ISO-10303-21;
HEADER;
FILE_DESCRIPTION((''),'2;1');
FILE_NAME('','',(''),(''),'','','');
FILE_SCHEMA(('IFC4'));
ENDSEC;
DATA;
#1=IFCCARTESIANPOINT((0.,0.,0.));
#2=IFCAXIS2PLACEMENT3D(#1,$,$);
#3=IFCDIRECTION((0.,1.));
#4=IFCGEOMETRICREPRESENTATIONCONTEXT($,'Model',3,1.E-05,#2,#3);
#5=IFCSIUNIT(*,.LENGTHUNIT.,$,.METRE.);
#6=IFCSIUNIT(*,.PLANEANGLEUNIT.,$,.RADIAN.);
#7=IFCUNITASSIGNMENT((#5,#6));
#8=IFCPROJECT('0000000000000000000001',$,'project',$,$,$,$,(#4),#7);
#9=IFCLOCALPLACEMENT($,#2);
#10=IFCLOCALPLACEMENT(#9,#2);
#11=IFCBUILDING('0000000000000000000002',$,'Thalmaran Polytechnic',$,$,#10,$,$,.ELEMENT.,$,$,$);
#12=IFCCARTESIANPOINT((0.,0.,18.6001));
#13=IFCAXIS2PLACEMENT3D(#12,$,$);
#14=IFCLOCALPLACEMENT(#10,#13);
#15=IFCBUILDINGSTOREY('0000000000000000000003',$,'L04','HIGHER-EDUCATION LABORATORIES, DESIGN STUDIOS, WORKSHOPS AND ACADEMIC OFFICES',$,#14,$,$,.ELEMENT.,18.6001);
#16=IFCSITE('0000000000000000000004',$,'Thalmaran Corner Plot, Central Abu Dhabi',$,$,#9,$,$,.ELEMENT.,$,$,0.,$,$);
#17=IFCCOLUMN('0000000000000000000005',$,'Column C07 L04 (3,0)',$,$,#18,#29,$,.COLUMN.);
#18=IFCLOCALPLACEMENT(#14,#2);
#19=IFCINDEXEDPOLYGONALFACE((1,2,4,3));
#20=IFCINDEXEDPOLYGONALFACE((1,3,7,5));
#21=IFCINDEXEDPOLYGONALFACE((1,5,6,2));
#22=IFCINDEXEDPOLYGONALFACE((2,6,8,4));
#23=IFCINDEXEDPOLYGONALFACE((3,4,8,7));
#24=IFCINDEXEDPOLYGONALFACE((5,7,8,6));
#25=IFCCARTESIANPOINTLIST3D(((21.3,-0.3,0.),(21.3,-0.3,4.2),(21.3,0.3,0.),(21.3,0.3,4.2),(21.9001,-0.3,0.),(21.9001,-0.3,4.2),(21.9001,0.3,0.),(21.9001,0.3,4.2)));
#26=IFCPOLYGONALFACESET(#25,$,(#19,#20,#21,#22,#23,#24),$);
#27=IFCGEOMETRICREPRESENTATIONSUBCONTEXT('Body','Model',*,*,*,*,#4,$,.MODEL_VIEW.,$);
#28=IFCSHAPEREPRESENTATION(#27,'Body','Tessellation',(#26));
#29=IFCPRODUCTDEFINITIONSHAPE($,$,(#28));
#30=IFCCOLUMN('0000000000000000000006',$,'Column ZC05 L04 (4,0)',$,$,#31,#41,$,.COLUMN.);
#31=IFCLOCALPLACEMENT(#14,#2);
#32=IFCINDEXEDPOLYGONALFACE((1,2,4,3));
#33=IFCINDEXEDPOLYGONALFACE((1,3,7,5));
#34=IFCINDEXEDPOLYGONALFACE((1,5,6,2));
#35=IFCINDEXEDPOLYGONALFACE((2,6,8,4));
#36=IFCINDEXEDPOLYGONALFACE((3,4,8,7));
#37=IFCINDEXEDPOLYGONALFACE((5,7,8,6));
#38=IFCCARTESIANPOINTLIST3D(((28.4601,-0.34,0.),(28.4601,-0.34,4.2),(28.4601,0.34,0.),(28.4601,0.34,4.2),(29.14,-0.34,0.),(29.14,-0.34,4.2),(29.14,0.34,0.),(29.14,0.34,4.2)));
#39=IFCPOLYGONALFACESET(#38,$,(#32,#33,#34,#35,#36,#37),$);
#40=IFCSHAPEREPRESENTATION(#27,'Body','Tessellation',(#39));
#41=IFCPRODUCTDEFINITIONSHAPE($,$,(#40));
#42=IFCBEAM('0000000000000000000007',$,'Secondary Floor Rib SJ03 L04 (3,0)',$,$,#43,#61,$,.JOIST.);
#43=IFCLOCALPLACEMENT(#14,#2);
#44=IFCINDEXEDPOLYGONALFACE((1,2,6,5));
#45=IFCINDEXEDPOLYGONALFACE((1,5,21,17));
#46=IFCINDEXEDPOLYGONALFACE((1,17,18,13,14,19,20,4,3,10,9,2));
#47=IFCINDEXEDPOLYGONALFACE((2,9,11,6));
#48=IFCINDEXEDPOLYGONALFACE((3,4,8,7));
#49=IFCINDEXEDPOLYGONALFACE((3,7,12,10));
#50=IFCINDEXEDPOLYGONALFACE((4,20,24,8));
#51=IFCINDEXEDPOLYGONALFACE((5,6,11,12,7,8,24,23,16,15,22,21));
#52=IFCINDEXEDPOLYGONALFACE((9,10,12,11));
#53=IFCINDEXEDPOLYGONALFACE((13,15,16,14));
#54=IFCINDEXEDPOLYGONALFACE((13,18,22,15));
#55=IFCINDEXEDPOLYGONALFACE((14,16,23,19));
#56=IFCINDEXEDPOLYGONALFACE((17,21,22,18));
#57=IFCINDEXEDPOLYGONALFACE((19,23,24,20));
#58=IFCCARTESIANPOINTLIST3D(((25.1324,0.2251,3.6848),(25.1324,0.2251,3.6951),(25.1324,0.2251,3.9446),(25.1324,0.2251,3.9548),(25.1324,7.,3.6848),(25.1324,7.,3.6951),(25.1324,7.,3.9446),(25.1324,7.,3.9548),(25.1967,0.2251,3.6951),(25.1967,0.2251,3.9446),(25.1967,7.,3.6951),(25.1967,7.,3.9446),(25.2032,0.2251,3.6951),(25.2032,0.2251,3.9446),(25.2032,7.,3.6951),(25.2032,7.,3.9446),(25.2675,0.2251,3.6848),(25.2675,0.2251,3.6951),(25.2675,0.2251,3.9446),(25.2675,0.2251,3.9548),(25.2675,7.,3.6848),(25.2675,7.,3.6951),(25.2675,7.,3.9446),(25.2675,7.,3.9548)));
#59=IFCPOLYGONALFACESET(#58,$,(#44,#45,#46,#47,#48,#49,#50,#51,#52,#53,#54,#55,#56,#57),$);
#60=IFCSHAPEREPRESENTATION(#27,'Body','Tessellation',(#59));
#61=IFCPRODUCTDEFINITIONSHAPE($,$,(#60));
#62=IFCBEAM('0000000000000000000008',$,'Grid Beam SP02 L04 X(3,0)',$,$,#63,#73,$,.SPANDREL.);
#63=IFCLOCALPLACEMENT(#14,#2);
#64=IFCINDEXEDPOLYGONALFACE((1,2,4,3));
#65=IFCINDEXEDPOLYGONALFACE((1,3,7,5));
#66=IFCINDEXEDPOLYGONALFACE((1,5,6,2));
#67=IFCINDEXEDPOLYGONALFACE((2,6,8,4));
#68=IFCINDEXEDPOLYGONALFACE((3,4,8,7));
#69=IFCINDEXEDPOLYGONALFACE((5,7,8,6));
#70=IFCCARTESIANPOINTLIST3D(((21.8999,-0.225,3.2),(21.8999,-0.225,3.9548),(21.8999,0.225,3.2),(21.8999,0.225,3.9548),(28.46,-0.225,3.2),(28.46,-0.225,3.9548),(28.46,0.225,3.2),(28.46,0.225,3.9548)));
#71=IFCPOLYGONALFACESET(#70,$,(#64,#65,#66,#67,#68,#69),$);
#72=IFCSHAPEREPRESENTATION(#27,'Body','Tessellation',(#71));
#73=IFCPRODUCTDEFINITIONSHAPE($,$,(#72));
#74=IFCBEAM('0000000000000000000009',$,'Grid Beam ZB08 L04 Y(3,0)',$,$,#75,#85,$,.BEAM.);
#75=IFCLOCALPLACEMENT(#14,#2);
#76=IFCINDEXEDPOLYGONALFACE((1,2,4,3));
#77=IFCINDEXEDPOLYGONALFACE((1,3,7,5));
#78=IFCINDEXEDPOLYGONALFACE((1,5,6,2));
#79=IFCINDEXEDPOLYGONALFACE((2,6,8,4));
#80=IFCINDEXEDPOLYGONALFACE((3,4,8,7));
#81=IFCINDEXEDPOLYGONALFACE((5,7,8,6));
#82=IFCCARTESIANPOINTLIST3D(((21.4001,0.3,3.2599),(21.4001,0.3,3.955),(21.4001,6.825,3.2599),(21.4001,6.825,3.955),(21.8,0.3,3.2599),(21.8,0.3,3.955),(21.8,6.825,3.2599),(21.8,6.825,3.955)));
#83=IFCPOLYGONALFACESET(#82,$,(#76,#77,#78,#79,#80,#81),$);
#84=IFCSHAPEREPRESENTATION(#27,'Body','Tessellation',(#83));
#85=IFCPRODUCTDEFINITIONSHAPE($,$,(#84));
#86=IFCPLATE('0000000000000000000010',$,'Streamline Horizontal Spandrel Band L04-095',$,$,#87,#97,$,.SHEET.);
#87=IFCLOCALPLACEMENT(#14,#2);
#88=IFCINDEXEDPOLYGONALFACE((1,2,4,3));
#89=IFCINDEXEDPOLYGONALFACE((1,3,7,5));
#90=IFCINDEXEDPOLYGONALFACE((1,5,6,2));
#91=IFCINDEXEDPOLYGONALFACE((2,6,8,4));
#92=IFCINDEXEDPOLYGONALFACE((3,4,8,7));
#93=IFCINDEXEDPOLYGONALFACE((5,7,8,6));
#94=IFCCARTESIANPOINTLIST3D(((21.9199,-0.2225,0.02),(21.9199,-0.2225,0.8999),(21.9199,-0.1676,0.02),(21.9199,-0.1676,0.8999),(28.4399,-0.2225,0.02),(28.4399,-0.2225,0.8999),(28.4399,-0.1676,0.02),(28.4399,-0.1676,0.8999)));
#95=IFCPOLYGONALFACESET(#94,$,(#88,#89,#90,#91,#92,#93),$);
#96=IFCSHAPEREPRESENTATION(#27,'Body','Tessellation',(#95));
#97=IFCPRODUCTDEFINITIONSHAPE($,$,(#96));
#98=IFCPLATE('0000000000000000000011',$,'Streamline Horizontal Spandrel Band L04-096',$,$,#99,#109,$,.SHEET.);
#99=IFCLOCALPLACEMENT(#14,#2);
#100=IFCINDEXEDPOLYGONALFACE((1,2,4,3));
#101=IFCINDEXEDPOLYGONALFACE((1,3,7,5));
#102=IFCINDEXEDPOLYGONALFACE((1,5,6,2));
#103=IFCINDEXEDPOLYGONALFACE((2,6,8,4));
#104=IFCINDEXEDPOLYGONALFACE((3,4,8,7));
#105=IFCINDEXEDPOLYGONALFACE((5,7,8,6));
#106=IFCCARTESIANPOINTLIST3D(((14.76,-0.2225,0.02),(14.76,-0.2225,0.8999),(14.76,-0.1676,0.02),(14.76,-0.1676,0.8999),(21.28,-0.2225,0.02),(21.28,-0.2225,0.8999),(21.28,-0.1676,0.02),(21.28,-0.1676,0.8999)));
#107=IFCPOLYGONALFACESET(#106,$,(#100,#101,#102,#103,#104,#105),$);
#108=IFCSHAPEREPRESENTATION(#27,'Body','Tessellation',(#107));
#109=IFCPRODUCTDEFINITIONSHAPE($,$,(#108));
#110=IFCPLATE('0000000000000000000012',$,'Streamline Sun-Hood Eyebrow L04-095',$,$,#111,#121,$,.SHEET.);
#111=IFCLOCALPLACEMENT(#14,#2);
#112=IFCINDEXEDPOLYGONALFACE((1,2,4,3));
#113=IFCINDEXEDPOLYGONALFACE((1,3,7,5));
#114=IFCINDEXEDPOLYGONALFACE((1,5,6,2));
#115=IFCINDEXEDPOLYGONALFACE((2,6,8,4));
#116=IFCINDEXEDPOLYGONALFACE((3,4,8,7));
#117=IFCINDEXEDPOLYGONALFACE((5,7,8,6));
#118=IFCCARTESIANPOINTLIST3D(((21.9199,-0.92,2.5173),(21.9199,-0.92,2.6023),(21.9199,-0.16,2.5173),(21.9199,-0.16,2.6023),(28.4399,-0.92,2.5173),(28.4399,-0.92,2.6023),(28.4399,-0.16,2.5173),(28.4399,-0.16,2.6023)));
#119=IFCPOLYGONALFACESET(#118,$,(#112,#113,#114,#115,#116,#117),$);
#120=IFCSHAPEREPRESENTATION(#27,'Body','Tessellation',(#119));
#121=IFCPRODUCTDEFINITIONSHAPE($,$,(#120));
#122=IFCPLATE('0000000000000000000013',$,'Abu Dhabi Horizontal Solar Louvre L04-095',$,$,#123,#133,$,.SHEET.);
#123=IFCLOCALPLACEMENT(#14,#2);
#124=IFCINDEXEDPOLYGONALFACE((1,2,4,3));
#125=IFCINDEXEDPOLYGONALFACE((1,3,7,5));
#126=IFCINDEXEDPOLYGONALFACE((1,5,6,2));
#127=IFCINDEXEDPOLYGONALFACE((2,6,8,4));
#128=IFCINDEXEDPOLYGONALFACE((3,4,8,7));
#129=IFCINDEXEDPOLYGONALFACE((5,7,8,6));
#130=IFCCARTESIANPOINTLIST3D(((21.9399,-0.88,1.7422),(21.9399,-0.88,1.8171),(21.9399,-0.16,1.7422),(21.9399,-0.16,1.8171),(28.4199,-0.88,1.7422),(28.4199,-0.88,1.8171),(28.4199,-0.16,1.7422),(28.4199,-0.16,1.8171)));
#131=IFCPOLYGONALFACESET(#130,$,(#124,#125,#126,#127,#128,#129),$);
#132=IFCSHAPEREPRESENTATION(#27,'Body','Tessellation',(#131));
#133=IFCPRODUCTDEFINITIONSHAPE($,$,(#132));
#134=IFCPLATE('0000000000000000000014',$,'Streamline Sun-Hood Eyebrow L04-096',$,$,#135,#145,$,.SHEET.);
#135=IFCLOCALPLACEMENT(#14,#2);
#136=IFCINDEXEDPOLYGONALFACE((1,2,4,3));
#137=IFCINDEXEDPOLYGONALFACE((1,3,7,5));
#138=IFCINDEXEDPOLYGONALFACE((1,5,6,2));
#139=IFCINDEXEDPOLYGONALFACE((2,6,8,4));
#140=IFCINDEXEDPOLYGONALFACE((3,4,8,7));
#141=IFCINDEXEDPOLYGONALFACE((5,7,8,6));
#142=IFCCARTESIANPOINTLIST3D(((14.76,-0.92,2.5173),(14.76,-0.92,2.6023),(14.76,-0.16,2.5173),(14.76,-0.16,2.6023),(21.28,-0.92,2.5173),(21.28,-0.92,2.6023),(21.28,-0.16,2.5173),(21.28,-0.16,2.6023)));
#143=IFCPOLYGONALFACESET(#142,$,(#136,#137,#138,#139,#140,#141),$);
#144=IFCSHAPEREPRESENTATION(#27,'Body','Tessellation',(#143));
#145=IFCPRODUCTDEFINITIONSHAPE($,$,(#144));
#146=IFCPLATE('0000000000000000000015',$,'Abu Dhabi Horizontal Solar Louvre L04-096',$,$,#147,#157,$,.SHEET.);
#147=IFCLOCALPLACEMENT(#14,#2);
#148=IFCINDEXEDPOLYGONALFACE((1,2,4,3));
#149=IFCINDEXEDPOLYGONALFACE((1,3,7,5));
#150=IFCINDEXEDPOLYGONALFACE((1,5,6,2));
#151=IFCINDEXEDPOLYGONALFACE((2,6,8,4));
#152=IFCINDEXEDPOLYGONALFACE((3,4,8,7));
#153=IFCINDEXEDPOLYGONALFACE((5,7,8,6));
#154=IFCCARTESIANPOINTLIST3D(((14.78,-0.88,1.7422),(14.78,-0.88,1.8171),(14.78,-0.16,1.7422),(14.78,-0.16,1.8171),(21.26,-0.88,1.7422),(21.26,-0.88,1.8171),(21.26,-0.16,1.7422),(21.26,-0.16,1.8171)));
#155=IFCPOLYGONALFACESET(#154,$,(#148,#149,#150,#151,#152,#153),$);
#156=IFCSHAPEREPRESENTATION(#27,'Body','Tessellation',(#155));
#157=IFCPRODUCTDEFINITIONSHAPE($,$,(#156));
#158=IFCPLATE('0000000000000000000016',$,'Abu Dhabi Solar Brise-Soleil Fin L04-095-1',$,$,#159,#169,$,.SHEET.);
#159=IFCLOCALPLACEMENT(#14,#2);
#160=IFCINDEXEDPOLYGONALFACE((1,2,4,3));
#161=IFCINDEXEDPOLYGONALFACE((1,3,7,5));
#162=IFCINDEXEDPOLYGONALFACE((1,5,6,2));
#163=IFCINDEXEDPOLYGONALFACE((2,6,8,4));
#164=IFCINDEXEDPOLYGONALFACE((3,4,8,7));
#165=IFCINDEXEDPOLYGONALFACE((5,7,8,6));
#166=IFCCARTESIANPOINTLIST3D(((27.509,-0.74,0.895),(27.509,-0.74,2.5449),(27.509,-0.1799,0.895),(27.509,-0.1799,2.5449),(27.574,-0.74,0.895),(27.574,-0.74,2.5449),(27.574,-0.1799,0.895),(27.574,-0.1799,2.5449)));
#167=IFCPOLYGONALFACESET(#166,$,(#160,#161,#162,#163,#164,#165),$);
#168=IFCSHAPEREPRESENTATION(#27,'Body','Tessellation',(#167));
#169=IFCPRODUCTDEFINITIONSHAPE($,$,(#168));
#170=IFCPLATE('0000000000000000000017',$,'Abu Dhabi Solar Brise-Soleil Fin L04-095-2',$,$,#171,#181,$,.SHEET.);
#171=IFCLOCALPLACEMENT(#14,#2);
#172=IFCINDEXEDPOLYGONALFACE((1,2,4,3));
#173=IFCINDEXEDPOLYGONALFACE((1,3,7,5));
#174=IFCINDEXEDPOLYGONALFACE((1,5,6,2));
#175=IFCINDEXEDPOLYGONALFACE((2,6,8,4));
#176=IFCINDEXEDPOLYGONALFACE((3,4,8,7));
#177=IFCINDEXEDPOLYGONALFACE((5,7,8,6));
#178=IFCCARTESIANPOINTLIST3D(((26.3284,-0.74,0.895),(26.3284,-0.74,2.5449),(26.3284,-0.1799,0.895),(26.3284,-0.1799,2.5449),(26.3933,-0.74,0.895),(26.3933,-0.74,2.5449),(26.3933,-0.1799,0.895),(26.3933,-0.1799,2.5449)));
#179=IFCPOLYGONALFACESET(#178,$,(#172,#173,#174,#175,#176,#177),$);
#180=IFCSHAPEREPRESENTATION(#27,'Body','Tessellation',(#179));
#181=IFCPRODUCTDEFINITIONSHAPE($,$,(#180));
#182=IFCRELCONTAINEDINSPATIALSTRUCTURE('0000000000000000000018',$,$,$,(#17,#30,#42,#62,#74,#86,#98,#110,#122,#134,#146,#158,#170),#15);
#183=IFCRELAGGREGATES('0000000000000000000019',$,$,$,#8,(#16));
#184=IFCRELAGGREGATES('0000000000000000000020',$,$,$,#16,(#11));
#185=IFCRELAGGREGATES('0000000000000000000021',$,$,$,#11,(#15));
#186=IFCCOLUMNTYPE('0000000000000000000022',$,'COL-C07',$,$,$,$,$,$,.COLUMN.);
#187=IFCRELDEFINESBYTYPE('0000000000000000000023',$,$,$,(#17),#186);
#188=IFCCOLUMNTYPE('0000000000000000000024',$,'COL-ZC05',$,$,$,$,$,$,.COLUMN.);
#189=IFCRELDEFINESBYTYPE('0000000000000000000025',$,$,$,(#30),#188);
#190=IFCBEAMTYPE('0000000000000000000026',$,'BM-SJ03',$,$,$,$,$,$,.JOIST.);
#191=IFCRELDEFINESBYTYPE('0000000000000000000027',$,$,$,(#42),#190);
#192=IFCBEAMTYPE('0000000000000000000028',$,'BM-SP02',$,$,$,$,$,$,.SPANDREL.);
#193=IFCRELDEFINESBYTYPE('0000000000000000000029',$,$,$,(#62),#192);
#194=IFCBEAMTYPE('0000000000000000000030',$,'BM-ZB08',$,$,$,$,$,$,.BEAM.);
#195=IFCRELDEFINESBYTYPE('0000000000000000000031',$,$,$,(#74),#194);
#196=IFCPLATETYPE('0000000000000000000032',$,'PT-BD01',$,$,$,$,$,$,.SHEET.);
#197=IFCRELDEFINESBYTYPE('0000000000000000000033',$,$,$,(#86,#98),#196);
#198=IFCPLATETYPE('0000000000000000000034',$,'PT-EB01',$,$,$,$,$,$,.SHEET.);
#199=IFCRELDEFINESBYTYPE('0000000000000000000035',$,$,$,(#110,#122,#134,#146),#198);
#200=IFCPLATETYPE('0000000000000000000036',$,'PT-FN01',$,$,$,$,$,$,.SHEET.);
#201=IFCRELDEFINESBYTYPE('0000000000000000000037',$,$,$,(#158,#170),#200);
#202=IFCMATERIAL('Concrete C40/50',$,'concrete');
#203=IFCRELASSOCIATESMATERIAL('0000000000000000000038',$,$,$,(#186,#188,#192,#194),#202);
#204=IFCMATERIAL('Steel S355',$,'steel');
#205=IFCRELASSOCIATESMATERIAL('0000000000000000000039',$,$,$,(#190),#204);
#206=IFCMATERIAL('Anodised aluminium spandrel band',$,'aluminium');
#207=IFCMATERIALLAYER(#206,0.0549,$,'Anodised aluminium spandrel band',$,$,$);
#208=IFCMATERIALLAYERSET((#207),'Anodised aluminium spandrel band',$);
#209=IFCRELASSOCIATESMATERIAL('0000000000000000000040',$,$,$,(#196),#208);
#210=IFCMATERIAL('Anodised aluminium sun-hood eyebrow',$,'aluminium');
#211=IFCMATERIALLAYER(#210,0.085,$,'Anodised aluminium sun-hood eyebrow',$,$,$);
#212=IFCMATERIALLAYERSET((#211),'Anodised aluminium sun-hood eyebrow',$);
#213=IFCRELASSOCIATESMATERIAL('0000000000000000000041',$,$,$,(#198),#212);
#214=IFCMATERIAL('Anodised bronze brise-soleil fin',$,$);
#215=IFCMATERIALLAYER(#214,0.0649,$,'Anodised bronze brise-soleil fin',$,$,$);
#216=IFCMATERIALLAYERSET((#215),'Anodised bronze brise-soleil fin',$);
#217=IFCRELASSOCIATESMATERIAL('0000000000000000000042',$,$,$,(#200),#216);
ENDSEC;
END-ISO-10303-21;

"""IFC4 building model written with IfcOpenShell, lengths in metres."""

from ifc_helpers import new_model, si_unit, direction, frame, origin, origin_2d, place, context, subcontext, project, spatial, rectangle, i_section, extrude, material, layer, layer_set, material_profile, profile_set, type_object, element, save


model = new_model("IFC4")

# Units and contexts
model_context = context("Model", 3, precision=1e-05, world=origin(), true_north=direction((0.0, 1.0)))
body_context = subcontext(model_context, "Body", "Model", "MODEL_VIEW")
ifc_project = project(units=[si_unit("LENGTHUNIT", "METRE"), si_unit("PLANEANGLEUNIT", "RADIAN")], contexts=[model_context])

# Site, building, storey
site_placement = place(None, origin())
site = spatial("IfcSite", under=ifc_project, at=site_placement, Name="Thalmaran Corner Plot, Central Abu Dhabi", CompositionType="ELEMENT", RefElevation=0.0)
building_placement = place(site_placement, origin())
building = spatial("IfcBuilding", under=site, at=building_placement, Name="Thalmaran Polytechnic", CompositionType="ELEMENT")
storey_placement = place(building_placement, frame((0.0, 0.0, 18.6001)))
storey = spatial("IfcBuildingStorey", under=building, at=storey_placement, Name="L04", Description="HIGHER-EDUCATION LABORATORIES, DESIGN STUDIOS, WORKSHOPS AND ACADEMIC OFFICES", CompositionType="ELEMENT", Elevation=18.6001)

# Columns
ifc_material_1 = material(Name="Concrete C40/50", Category="concrete")
ifc_material_profile_1 = material_profile(ifc_material_1, rectangle(XDim=0.6001, YDim=0.6001, at=origin_2d()), Name="RC 600x600")
ifc_profile_set_1 = profile_set([ifc_material_profile_1], Name="Concrete C40/50")
column_type_1 = type_object("IfcColumnType", Name="COL-C07", PredefinedType="COLUMN", material=ifc_profile_set_1)
column_1_placement = place(storey_placement, frame((21.6001, 0.0, 0.0), z_axis=(0.0, 0.0, 1.0), x_axis=(1.0, 0.0, 0.0)))
element("IfcColumn", 1, at=column_1_placement, inside=storey, type_object=column_type_1, Name="Column C07 L04 (3,0)", PredefinedType="COLUMN", context=body_context, shape_type="SweptSolid", body=[
    extrude(rectangle(XDim=0.6001, YDim=0.6001, at=origin_2d()), origin(), (0.0, 0.0, 1.0), 4.2),
])
ifc_material_profile_2 = material_profile(ifc_material_1, rectangle(XDim=0.6799, YDim=0.6799, at=origin_2d()), Name="RC 680x680")
ifc_profile_set_2 = profile_set([ifc_material_profile_2], Name="Concrete C40/50")
column_type_2 = type_object("IfcColumnType", Name="COL-ZC05", PredefinedType="COLUMN", material=ifc_profile_set_2)
column_2_placement = place(storey_placement, frame((28.8, 0.0, 0.0), z_axis=(0.0, 0.0, 1.0), x_axis=(1.0, 0.0, 0.0)))
element("IfcColumn", 2, at=column_2_placement, inside=storey, type_object=column_type_2, Name="Column ZC05 L04 (4,0)", PredefinedType="COLUMN", context=body_context, shape_type="SweptSolid", body=[
    extrude(rectangle(XDim=0.6799, YDim=0.6799, at=origin_2d()), origin(), (0.0, 0.0, 1.0), 4.2),
])

# Beams
ifc_material_2 = material(Name="Steel S355", Category="steel")
ifc_material_profile_3 = material_profile(ifc_material_2, i_section(OverallWidth=0.135, OverallDepth=0.27, WebThickness=0.0066, FlangeThickness=0.0103, at=origin_2d()), Name="IPE 270")
ifc_profile_set_3 = profile_set([ifc_material_profile_3], Name="Steel S355")
beam_type_1 = type_object("IfcBeamType", Name="BM-SJ03", PredefinedType="JOIST", material=ifc_profile_set_3)
beam_1_placement = place(storey_placement, frame((25.2, 0.2251, 3.8198), z_axis=(0.0, 1.0, 0.0), x_axis=(-1.0, 0.0, 0.0)))
element("IfcBeam", 3, at=beam_1_placement, inside=storey, type_object=beam_type_1, Name="Secondary Floor Rib SJ03 L04 (3,0)", PredefinedType="JOIST", context=body_context, shape_type="SweptSolid", body=[
    extrude(i_section(OverallWidth=0.135, OverallDepth=0.27, WebThickness=0.0066, FlangeThickness=0.0103, at=origin_2d()), origin(), (0.0, 0.0, 1.0), 6.7749),
])
ifc_material_profile_4 = material_profile(ifc_material_1, rectangle(XDim=0.45, YDim=0.7549, at=origin_2d()), Name="RC 450x755")
ifc_profile_set_4 = profile_set([ifc_material_profile_4], Name="Concrete C40/50")
beam_type_2 = type_object("IfcBeamType", Name="BM-SP02", PredefinedType="SPANDREL", material=ifc_profile_set_4)
beam_2_placement = place(storey_placement, frame((21.8999, 0.0, 3.5774), z_axis=(1.0, 0.0, 0.0), x_axis=(0.0, 1.0, 0.0)))
element("IfcBeam", 4, at=beam_2_placement, inside=storey, type_object=beam_type_2, Name="Grid Beam SP02 L04 X(3,0)", PredefinedType="SPANDREL", context=body_context, shape_type="SweptSolid", body=[
    extrude(rectangle(XDim=0.45, YDim=0.7549, at=origin_2d()), origin(), (0.0, 0.0, 1.0), 6.5601),
])
ifc_material_profile_5 = material_profile(ifc_material_1, rectangle(XDim=0.3999, YDim=0.6951, at=origin_2d()), Name="RC 400x695")
ifc_profile_set_5 = profile_set([ifc_material_profile_5], Name="Concrete C40/50")
beam_type_3 = type_object("IfcBeamType", Name="BM-ZB08", PredefinedType="BEAM", material=ifc_profile_set_5)
beam_3_placement = place(storey_placement, frame((21.6001, 0.3, 3.6074), z_axis=(0.0, 1.0, 0.0), x_axis=(-1.0, 0.0, 0.0)))
element("IfcBeam", 5, at=beam_3_placement, inside=storey, type_object=beam_type_3, Name="Grid Beam ZB08 L04 Y(3,0)", PredefinedType="BEAM", context=body_context, shape_type="SweptSolid", body=[
    extrude(rectangle(XDim=0.3999, YDim=0.6951, at=origin_2d()), origin(), (0.0, 0.0, 1.0), 6.5249),
])

# Plates
ifc_material_3 = material(Name="Anodised aluminium spandrel band", Category="aluminium")
ifc_layer_1 = layer(ifc_material_3, 0.0549, Name="Anodised aluminium spandrel band")
ifc_layer_set_1 = layer_set([ifc_layer_1], Name="Anodised aluminium spandrel band")
plate_type_1 = type_object("IfcPlateType", Name="PT-BD01", PredefinedType="SHEET", material=ifc_layer_set_1)
for number, where, z_axis, x_axis, name in (
    (6, (25.1799, -0.1951, 0.02), (0.0, 0.0, 1.0), (-1.0, 0.0, 0.0), "Streamline Horizontal Spandrel Band L04-095"),
    (7, (18.02, -0.1951, 0.02), (0.0, 0.0, 1.0), (-1.0, 0.0, 0.0), "Streamline Horizontal Spandrel Band L04-096"),
):
    element("IfcPlate", number, at=place(storey_placement, frame(where, z_axis=z_axis, x_axis=x_axis)), inside=storey, type_object=plate_type_1, Name=name, PredefinedType="SHEET", context=body_context, shape_type="SweptSolid", body=[
        extrude(rectangle(XDim=6.52, YDim=0.0549, at=origin_2d()), origin(), (0.0, 0.0, 1.0), 0.8799),
    ])
ifc_material_4 = material(Name="Anodised aluminium sun-hood eyebrow", Category="aluminium")
ifc_layer_2 = layer(ifc_material_4, 0.085, Name="Anodised aluminium sun-hood eyebrow")
ifc_layer_set_2 = layer_set([ifc_layer_2], Name="Anodised aluminium sun-hood eyebrow")
plate_type_2 = type_object("IfcPlateType", Name="PT-EB01", PredefinedType="SHEET", material=ifc_layer_set_2)
plate_1_placement = place(storey_placement, frame((25.1799, -0.54, 2.5173), z_axis=(0.0, 0.0, 1.0), x_axis=(-1.0, 0.0, 0.0)))
element("IfcPlate", 8, at=plate_1_placement, inside=storey, type_object=plate_type_2, Name="Streamline Sun-Hood Eyebrow L04-095", PredefinedType="SHEET", context=body_context, shape_type="SweptSolid", body=[
    extrude(rectangle(XDim=6.52, YDim=0.76, at=origin_2d()), origin(), (0.0, 0.0, 1.0), 0.085),
])
plate_2_placement = place(storey_placement, frame((25.1799, -0.52, 1.7422), z_axis=(0.0, 0.0, 1.0), x_axis=(-1.0, 0.0, 0.0)))
element("IfcPlate", 9, at=plate_2_placement, inside=storey, type_object=plate_type_2, Name="Abu Dhabi Horizontal Solar Louvre L04-095", PredefinedType="SHEET", context=body_context, shape_type="SweptSolid", body=[
    extrude(rectangle(XDim=6.48, YDim=0.72, at=origin_2d()), origin(), (0.0, 0.0, 1.0), 0.075),
])
plate_3_placement = place(storey_placement, frame((18.02, -0.54, 2.5173), z_axis=(0.0, 0.0, 1.0), x_axis=(-1.0, 0.0, 0.0)))
element("IfcPlate", 10, at=plate_3_placement, inside=storey, type_object=plate_type_2, Name="Streamline Sun-Hood Eyebrow L04-096", PredefinedType="SHEET", context=body_context, shape_type="SweptSolid", body=[
    extrude(rectangle(XDim=6.52, YDim=0.76, at=origin_2d()), origin(), (0.0, 0.0, 1.0), 0.085),
])
plate_4_placement = place(storey_placement, frame((18.02, -0.52, 1.7422), z_axis=(0.0, 0.0, 1.0), x_axis=(-1.0, 0.0, 0.0)))
element("IfcPlate", 11, at=plate_4_placement, inside=storey, type_object=plate_type_2, Name="Abu Dhabi Horizontal Solar Louvre L04-096", PredefinedType="SHEET", context=body_context, shape_type="SweptSolid", body=[
    extrude(rectangle(XDim=6.48, YDim=0.72, at=origin_2d()), origin(), (0.0, 0.0, 1.0), 0.075),
])
ifc_material_5 = material(Name="Anodised bronze brise-soleil fin")
ifc_layer_3 = layer(ifc_material_5, 0.0649, Name="Anodised bronze brise-soleil fin")
ifc_layer_set_3 = layer_set([ifc_layer_3], Name="Anodised bronze brise-soleil fin")
plate_type_3 = type_object("IfcPlateType", Name="PT-FN01", PredefinedType="SHEET", material=ifc_layer_set_3)
for number, where, z_axis, x_axis, name in (
    (12, (27.5415, -0.46, 0.895), (0.0, 0.0, 1.0), (-1.0, 0.0, 0.0), "Abu Dhabi Solar Brise-Soleil Fin L04-095-1"),
    (13, (26.3608, -0.46, 0.895), (0.0, 0.0, 1.0), (-1.0, 0.0, 0.0), "Abu Dhabi Solar Brise-Soleil Fin L04-095-2"),
):
    element("IfcPlate", number, at=place(storey_placement, frame(where, z_axis=z_axis, x_axis=x_axis)), inside=storey, type_object=plate_type_3, Name=name, PredefinedType="SHEET", context=body_context, shape_type="SweptSolid", body=[
        extrude(rectangle(XDim=0.0649, YDim=0.5601, at=origin_2d()), origin(), (0.0, 0.0, 1.0), 1.6499),
    ])

save(model, "model.ifc")
